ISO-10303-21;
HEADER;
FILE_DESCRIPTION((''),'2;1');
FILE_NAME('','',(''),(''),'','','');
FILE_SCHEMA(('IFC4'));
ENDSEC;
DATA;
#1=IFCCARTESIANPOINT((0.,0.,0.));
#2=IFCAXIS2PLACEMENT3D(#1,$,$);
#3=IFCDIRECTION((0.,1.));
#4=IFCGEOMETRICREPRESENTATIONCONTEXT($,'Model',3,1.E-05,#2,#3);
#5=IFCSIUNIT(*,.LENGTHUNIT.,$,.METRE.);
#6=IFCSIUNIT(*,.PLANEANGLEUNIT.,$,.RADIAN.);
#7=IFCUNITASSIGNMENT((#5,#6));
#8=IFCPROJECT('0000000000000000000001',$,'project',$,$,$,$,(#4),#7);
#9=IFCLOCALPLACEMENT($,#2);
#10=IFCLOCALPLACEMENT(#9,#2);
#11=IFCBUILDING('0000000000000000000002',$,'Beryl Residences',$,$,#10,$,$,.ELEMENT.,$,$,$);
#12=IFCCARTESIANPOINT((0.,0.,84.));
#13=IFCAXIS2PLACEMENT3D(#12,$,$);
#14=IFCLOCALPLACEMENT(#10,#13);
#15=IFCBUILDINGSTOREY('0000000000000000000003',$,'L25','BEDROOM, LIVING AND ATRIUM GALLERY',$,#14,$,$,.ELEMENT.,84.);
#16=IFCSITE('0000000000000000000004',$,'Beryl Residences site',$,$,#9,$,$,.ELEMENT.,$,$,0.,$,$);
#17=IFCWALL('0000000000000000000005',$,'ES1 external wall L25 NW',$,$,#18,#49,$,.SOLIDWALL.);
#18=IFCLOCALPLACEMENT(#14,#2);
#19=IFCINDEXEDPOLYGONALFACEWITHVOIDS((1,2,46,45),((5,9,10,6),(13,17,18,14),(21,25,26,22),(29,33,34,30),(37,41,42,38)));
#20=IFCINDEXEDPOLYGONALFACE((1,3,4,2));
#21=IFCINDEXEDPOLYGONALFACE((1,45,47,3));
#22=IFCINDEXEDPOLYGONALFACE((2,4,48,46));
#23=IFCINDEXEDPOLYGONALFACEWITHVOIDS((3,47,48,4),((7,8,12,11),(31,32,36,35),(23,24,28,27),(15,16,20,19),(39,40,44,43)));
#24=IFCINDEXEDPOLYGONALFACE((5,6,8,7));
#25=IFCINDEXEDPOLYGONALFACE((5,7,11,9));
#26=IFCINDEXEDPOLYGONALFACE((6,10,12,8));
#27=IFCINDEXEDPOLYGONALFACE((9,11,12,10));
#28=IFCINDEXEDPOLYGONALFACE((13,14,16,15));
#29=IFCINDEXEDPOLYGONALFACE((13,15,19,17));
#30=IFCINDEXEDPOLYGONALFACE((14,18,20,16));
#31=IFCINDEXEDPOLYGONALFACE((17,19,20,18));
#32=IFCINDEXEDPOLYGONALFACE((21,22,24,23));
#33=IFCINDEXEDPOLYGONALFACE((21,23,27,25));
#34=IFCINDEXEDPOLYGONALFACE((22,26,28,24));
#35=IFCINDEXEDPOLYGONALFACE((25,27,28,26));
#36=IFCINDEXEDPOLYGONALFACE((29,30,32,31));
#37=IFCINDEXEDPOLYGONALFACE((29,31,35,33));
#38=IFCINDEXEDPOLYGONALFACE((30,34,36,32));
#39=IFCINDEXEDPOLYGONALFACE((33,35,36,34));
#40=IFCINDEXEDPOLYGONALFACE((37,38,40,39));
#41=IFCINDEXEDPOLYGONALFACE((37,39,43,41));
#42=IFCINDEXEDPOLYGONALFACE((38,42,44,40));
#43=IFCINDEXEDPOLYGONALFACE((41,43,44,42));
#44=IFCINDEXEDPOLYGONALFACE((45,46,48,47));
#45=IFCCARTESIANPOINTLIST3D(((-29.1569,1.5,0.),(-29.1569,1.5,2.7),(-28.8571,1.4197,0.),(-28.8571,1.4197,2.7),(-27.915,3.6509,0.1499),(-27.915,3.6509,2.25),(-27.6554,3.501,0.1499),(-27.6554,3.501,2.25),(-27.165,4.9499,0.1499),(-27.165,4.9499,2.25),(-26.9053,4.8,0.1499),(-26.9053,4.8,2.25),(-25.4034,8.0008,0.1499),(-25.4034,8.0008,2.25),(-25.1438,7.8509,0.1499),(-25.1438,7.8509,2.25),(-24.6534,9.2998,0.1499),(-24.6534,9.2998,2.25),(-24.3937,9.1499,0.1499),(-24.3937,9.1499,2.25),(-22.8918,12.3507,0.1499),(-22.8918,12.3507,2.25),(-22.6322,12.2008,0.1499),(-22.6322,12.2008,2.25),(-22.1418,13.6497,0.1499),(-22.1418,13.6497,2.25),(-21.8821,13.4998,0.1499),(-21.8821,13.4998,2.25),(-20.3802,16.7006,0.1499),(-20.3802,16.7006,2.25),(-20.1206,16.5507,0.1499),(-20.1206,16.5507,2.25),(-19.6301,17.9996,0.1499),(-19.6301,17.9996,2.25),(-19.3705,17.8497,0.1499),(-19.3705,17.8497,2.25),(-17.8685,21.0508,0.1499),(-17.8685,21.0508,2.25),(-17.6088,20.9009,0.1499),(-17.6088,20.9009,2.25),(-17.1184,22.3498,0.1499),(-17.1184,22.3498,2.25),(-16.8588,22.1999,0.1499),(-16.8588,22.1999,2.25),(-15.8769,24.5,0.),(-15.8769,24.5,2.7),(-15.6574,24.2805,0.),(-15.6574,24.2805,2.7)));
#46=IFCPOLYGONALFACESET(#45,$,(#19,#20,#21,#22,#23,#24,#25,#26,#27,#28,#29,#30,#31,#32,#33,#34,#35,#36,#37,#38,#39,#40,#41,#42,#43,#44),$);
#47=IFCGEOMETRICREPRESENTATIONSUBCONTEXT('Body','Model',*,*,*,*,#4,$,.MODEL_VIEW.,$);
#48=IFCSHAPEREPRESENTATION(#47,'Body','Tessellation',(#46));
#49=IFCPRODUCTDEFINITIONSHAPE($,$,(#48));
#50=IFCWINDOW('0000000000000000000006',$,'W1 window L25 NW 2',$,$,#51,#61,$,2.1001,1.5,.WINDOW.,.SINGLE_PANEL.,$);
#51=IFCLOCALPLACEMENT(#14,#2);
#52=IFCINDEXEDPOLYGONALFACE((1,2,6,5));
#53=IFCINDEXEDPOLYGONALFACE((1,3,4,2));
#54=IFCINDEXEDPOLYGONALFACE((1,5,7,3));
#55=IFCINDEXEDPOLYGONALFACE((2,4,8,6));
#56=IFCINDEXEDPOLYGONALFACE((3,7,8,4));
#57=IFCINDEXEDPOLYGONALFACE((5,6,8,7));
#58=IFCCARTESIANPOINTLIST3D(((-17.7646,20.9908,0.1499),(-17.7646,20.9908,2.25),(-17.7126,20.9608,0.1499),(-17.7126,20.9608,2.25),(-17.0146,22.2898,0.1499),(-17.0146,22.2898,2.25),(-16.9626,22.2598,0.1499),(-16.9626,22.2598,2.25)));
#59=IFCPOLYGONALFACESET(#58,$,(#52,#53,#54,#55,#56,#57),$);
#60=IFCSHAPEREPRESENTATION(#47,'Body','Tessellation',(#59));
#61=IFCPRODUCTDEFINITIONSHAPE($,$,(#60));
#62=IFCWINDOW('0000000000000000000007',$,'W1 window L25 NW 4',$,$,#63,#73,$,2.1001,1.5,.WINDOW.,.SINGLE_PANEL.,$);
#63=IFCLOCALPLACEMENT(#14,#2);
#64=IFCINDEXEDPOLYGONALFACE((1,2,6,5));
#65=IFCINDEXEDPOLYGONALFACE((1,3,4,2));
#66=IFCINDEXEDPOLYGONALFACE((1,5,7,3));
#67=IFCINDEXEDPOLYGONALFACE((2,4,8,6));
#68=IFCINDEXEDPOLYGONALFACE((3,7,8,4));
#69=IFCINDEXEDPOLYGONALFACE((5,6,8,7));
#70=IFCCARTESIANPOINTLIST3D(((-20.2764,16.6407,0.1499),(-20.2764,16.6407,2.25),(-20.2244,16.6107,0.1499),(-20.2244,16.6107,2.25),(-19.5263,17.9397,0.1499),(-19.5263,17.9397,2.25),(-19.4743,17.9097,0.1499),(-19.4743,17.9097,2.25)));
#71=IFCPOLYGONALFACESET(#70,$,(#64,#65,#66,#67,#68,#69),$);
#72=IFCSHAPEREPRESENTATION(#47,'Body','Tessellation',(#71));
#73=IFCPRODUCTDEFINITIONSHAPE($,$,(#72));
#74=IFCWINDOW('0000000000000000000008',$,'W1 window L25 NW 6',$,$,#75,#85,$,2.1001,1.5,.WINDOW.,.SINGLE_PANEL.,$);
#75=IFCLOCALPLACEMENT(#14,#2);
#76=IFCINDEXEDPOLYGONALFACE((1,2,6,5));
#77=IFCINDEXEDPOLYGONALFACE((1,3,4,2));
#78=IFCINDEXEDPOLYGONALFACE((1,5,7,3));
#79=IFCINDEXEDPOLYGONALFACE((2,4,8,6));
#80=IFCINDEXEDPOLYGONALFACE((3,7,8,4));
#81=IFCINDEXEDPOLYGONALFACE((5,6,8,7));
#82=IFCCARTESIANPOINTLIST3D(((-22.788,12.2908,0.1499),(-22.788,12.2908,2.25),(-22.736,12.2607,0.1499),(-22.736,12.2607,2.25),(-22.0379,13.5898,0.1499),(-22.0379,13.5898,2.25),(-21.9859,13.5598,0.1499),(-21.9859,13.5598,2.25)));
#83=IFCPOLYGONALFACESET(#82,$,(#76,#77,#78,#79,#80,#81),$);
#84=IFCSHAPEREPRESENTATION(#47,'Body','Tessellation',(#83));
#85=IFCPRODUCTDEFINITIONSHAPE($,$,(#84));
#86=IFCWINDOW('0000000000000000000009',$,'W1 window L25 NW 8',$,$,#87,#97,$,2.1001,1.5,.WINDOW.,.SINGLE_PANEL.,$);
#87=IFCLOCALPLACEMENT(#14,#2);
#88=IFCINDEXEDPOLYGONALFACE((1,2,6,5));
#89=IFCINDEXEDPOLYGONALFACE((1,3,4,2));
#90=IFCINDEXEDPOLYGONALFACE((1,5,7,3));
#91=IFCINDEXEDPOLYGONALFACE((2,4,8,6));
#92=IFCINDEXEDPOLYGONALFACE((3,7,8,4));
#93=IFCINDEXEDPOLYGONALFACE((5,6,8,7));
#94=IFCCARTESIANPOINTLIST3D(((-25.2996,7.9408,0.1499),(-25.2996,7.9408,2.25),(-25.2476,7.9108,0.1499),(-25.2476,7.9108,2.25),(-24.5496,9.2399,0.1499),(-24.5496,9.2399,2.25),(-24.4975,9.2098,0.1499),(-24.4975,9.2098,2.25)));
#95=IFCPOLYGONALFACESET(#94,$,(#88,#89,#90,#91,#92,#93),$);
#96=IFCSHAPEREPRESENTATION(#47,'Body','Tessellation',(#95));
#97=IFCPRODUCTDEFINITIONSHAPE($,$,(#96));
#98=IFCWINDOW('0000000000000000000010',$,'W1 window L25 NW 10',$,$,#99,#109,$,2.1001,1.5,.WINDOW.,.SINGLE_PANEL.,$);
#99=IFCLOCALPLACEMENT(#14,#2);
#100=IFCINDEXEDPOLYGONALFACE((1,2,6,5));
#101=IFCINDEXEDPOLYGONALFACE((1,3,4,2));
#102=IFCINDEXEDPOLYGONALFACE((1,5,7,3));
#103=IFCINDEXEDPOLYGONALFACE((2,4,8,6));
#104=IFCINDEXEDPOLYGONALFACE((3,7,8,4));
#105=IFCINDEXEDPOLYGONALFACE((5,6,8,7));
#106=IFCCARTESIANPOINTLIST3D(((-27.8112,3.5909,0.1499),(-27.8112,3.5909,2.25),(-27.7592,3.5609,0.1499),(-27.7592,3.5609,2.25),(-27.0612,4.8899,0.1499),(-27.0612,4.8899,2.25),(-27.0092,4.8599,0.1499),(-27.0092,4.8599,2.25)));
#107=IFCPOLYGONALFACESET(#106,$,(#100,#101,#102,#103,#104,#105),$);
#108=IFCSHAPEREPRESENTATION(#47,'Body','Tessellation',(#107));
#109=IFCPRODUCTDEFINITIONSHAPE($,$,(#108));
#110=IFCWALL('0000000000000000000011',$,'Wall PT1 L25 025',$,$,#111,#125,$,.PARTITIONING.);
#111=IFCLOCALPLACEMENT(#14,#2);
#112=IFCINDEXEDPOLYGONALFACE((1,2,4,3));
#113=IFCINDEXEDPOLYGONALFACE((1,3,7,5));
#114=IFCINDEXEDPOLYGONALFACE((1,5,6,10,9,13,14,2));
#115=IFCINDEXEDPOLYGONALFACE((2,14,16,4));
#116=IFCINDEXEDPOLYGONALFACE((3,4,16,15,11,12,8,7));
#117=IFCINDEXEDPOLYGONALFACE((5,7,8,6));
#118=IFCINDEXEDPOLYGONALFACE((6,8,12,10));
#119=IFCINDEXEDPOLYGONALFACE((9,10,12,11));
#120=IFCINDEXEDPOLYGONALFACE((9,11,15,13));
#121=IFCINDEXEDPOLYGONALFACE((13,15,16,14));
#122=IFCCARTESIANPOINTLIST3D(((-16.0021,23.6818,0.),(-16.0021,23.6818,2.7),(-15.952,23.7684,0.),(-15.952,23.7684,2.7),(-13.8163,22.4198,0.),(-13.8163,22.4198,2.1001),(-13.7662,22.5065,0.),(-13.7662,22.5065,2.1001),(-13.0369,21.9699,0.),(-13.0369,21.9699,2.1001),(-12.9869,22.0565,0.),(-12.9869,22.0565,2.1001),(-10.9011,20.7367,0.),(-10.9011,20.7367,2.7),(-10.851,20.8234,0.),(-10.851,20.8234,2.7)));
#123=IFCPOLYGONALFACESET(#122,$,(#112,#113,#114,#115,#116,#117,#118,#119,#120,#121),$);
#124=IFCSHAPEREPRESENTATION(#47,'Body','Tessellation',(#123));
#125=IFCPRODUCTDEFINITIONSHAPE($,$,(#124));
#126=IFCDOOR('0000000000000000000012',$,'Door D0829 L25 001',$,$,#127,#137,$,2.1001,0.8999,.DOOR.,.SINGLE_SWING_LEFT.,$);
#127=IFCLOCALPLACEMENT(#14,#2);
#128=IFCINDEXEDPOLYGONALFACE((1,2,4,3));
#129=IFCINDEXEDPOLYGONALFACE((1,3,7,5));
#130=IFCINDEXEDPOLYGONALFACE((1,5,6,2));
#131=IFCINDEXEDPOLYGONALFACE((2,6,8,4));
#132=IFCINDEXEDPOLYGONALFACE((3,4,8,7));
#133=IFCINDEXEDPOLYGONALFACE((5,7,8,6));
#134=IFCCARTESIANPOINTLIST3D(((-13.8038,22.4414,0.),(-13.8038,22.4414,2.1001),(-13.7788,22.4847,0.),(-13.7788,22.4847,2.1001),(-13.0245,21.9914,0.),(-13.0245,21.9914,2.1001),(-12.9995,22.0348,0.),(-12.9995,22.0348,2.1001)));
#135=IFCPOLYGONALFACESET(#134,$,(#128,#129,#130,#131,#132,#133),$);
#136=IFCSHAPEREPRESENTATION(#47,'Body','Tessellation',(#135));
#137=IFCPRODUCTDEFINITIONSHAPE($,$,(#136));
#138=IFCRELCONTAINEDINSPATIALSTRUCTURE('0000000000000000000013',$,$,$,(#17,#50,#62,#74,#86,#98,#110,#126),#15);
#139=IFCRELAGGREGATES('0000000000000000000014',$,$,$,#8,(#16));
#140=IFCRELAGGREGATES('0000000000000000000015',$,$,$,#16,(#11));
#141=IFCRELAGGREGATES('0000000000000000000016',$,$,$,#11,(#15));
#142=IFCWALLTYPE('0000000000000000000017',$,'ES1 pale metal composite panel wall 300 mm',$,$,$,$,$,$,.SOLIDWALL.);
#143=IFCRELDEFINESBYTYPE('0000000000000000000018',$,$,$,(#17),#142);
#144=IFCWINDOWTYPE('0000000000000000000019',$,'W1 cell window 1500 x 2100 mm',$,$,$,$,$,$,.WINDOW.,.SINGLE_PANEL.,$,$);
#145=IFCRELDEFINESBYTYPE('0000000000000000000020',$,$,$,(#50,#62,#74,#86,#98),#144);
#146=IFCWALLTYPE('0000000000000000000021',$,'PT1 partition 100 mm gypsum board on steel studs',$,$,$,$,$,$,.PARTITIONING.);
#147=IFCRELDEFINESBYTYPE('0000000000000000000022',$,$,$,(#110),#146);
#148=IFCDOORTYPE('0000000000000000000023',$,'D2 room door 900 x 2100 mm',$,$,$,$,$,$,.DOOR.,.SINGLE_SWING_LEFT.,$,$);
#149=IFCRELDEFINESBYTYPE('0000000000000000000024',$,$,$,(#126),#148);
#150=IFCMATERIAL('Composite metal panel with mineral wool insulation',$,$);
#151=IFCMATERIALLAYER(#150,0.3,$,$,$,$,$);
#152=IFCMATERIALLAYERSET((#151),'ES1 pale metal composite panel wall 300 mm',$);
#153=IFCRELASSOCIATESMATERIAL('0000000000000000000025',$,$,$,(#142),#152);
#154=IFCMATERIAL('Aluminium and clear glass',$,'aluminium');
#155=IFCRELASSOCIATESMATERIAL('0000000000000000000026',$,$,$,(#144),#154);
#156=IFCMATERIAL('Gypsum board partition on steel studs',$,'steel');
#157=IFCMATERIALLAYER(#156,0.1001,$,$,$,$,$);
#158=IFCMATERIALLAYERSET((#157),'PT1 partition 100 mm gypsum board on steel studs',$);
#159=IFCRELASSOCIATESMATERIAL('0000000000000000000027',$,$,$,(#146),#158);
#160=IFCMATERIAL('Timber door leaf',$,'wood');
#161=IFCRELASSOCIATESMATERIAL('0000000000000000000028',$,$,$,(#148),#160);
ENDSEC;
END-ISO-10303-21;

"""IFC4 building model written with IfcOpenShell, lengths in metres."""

from ifc_helpers import new_model, si_unit, direction, frame, frame_2d, origin, place, context, subcontext, project, spatial, polyline, rectangle, outline, extrude, material, layer, layer_set, type_object, element, fill, save


model = new_model("IFC4")

# Units and contexts
model_context = context("Model", 3, precision=1e-05, world=origin(), true_north=direction((0.0, 1.0)))
body_context = subcontext(model_context, "Body", "Model", "MODEL_VIEW")
ifc_project = project(units=[si_unit("LENGTHUNIT", "METRE"), si_unit("PLANEANGLEUNIT", "RADIAN")], contexts=[model_context])

# Site, building, storey
site_placement = place(None, origin())
site = spatial("IfcSite", under=ifc_project, at=site_placement, Name="Beryl Residences site", CompositionType="ELEMENT", RefElevation=0.0)
building_placement = place(site_placement, origin())
building = spatial("IfcBuilding", under=site, at=building_placement, Name="Beryl Residences", CompositionType="ELEMENT")
storey_placement = place(building_placement, frame((0.0, 0.0, 84.0)))
storey = spatial("IfcBuildingStorey", under=building, at=storey_placement, Name="L25", Description="BEDROOM, LIVING AND ATRIUM GALLERY", CompositionType="ELEMENT", Elevation=84.0)

# Shared definitions
ifc_material_1 = material(Name="Composite metal panel with mineral wool insulation")
ifc_layer_1 = layer(ifc_material_1, 0.3)
ifc_layer_set_1 = layer_set([ifc_layer_1], Name="ES1 pale metal composite panel wall 300 mm")
wall_type_1 = type_object("IfcWallType", Name="ES1 pale metal composite panel wall 300 mm", PredefinedType="SOLIDWALL", material=ifc_layer_set_1)

# Wall, openings, windows
wall_1_placement = place(storey_placement, frame((-15.7471, 24.425, 0.0), z_axis=(0.0, 0.0, 1.0), x_axis=(-0.500027, -0.86601, 0.0)))
wall_1 = element("IfcWall", 1, at=wall_1_placement, inside=storey, type_object=wall_type_1, Name="ES1 external wall L25 NW", PredefinedType="SOLIDWALL", context=body_context, shape_type="SweptSolid", body=[
    extrude(outline(polyline([(0.0, -0.1499), (26.5586, -0.1499), (26.4783, 0.1499), (0.0803, 0.1499), (0.0, -0.1499)])), origin(), (0.0, 0.0, 1.0), 2.7),
])
opening_1_placement = place(wall_1_placement, frame((2.4829, 0.0, 0.1499)))
opening_1 = element("IfcOpeningElement", 2, at=opening_1_placement, cuts=wall_1, PredefinedType="OPENING", context=body_context, shape_type="SweptSolid", body=[
    extrude(rectangle(XDim=1.5, YDim=2.1001, at=frame_2d((0.75, 1.05))), frame((0.0, 0.1599, 0.0), z_axis=(0.0, -1.0, 0.0), x_axis=(1.0, 0.0, 0.0)), (0.0, 0.0, 1.0), 0.3201),
])
opening_2_placement = place(wall_1_placement, frame((7.5061, 0.0, 0.1499)))
opening_2 = element("IfcOpeningElement", 3, at=opening_2_placement, cuts=wall_1, PredefinedType="OPENING", context=body_context, shape_type="SweptSolid", body=[
    extrude(rectangle(XDim=1.5, YDim=2.1001, at=frame_2d((0.75, 1.05))), frame((0.0, 0.1599, 0.0), z_axis=(0.0, -1.0, 0.0), x_axis=(1.0, 0.0, 0.0)), (0.0, 0.0, 1.0), 0.3201),
])
opening_3_placement = place(wall_1_placement, frame((12.5291, 0.0, 0.1499)))
opening_3 = element("IfcOpeningElement", 4, at=opening_3_placement, cuts=wall_1, PredefinedType="OPENING", context=body_context, shape_type="SweptSolid", body=[
    extrude(rectangle(XDim=1.5, YDim=2.1001, at=frame_2d((0.75, 1.05))), frame((0.0, 0.1599, 0.0), z_axis=(0.0, -1.0, 0.0), x_axis=(1.0, 0.0, 0.0)), (0.0, 0.0, 1.0), 0.3201),
])
opening_4_placement = place(wall_1_placement, frame((17.552, 0.0, 0.1499)))
opening_4 = element("IfcOpeningElement", 5, at=opening_4_placement, cuts=wall_1, PredefinedType="OPENING", context=body_context, shape_type="SweptSolid", body=[
    extrude(rectangle(XDim=1.5, YDim=2.1001, at=frame_2d((0.75, 1.05))), frame((0.0, 0.1599, 0.0), z_axis=(0.0, -1.0, 0.0), x_axis=(1.0, 0.0, 0.0)), (0.0, 0.0, 1.0), 0.3201),
])
opening_5_placement = place(wall_1_placement, frame((22.575, 0.0, 0.1499)))
opening_5 = element("IfcOpeningElement", 6, at=opening_5_placement, cuts=wall_1, PredefinedType="OPENING", context=body_context, shape_type="SweptSolid", body=[
    extrude(rectangle(XDim=1.5, YDim=2.1001, at=frame_2d((0.75, 1.05))), frame((0.0, 0.1599, 0.0), z_axis=(0.0, -1.0, 0.0), x_axis=(1.0, 0.0, 0.0)), (0.0, 0.0, 1.0), 0.3201),
])
ifc_material_2 = material(Name="Aluminium and clear glass", Category="aluminium")
window_type_1 = type_object("IfcWindowType", Name="W1 cell window 1500 x 2100 mm", PartitioningType="SINGLE_PANEL", PredefinedType="WINDOW", material=ifc_material_2)
window_1_placement = place(opening_1_placement, origin())
window_1 = element("IfcWindow", 7, at=window_1_placement, inside=storey, type_object=window_type_1, Name="W1 window L25 NW 2", OverallHeight=2.1001, OverallWidth=1.5, PartitioningType="SINGLE_PANEL", PredefinedType="WINDOW", context=body_context, shape_type="SweptSolid", body=[
    extrude(rectangle(XDim=1.5, YDim=2.1001, at=frame_2d((0.75, 1.05))), frame((0.0, 0.03, 0.0), z_axis=(0.0, -1.0, 0.0), x_axis=(1.0, 0.0, 0.0)), (0.0, 0.0, 1.0), 0.0601),
])
fill(opening_1, window_1)
window_2_placement = place(opening_2_placement, origin())
window_2 = element("IfcWindow", 8, at=window_2_placement, inside=storey, type_object=window_type_1, Name="W1 window L25 NW 4", OverallHeight=2.1001, OverallWidth=1.5, PartitioningType="SINGLE_PANEL", PredefinedType="WINDOW", context=body_context, shape_type="SweptSolid", body=[
    extrude(rectangle(XDim=1.5, YDim=2.1001, at=frame_2d((0.75, 1.05))), frame((0.0, 0.03, 0.0), z_axis=(0.0, -1.0, 0.0), x_axis=(1.0, 0.0, 0.0)), (0.0, 0.0, 1.0), 0.0601),
])
fill(opening_2, window_2)
window_3_placement = place(opening_3_placement, origin())
window_3 = element("IfcWindow", 9, at=window_3_placement, inside=storey, type_object=window_type_1, Name="W1 window L25 NW 6", OverallHeight=2.1001, OverallWidth=1.5, PartitioningType="SINGLE_PANEL", PredefinedType="WINDOW", context=body_context, shape_type="SweptSolid", body=[
    extrude(rectangle(XDim=1.5, YDim=2.1001, at=frame_2d((0.75, 1.05))), frame((0.0, 0.03, 0.0), z_axis=(0.0, -1.0, 0.0), x_axis=(1.0, 0.0, 0.0)), (0.0, 0.0, 1.0), 0.0601),
])
fill(opening_3, window_3)
window_4_placement = place(opening_4_placement, origin())
window_4 = element("IfcWindow", 10, at=window_4_placement, inside=storey, type_object=window_type_1, Name="W1 window L25 NW 8", OverallHeight=2.1001, OverallWidth=1.5, PartitioningType="SINGLE_PANEL", PredefinedType="WINDOW", context=body_context, shape_type="SweptSolid", body=[
    extrude(rectangle(XDim=1.5, YDim=2.1001, at=frame_2d((0.75, 1.05))), frame((0.0, 0.03, 0.0), z_axis=(0.0, -1.0, 0.0), x_axis=(1.0, 0.0, 0.0)), (0.0, 0.0, 1.0), 0.0601),
])
fill(opening_4, window_4)
window_5_placement = place(opening_5_placement, origin())
window_5 = element("IfcWindow", 11, at=window_5_placement, inside=storey, type_object=window_type_1, Name="W1 window L25 NW 10", OverallHeight=2.1001, OverallWidth=1.5, PartitioningType="SINGLE_PANEL", PredefinedType="WINDOW", context=body_context, shape_type="SweptSolid", body=[
    extrude(rectangle(XDim=1.5, YDim=2.1001, at=frame_2d((0.75, 1.05))), frame((0.0, 0.03, 0.0), z_axis=(0.0, -1.0, 0.0), x_axis=(1.0, 0.0, 0.0)), (0.0, 0.0, 1.0), 0.0601),
])
fill(opening_5, window_5)

# Wall, opening, door
ifc_material_3 = material(Name="Gypsum board partition on steel studs", Category="steel")
ifc_layer_2 = layer(ifc_material_3, 0.1001)
ifc_layer_set_2 = layer_set([ifc_layer_2], Name="PT1 partition 100 mm gypsum board on steel studs")
wall_type_2 = type_object("IfcWallType", Name="PT1 partition 100 mm gypsum board on steel studs", PredefinedType="PARTITIONING", material=ifc_layer_set_2)
wall_2_placement = place(storey_placement, frame((-15.9771, 23.7251, 0.0), z_axis=(0.0, 0.0, 1.0), x_axis=(0.866028, -0.499995, 0.0)))
wall_2 = element("IfcWall", 12, at=wall_2_placement, inside=storey, type_object=wall_type_2, Name="Wall PT1 L25 025", PredefinedType="PARTITIONING", context=body_context, shape_type="SweptSolid", body=[
    extrude(rectangle(XDim=5.8901, YDim=0.1001, at=frame_2d((2.9451, 0.0))), origin(), (0.0, 0.0, 1.0), 2.7),
])
opening_6_placement = place(wall_2_placement, frame((2.5239, 0.0, 0.0)))
opening_6 = element("IfcOpeningElement", 13, at=opening_6_placement, cuts=wall_2, PredefinedType="OPENING", context=body_context, shape_type="SweptSolid", body=[
    extrude(rectangle(XDim=0.8999, YDim=2.1001, at=frame_2d((0.45, 1.05))), frame((0.0, 0.0601, 0.0), z_axis=(0.0, -1.0, 0.0), x_axis=(1.0, 0.0, 0.0)), (0.0, 0.0, 1.0), 0.1201),
])
ifc_material_4 = material(Name="Timber door leaf", Category="wood")
door_type = type_object("IfcDoorType", Name="D2 room door 900 x 2100 mm", OperationType="SINGLE_SWING_LEFT", PredefinedType="DOOR", material=ifc_material_4)
door_1_placement = place(opening_6_placement, origin())
door_1 = element("IfcDoor", 14, at=door_1_placement, inside=storey, type_object=door_type, Name="Door D0829 L25 001", OperationType="SINGLE_SWING_LEFT", OverallHeight=2.1001, OverallWidth=0.8999, PredefinedType="DOOR", context=body_context, shape_type="SweptSolid", body=[
    extrude(rectangle(XDim=0.8999, YDim=2.1001, at=frame_2d((0.45, 1.05))), frame((0.0, 0.0249, 0.0), z_axis=(0.0, -1.0, 0.0), x_axis=(1.0, 0.0, 0.0)), (0.0, 0.0, 1.0), 0.05),
])
fill(opening_6, door_1)

save(model, "model.ifc")
